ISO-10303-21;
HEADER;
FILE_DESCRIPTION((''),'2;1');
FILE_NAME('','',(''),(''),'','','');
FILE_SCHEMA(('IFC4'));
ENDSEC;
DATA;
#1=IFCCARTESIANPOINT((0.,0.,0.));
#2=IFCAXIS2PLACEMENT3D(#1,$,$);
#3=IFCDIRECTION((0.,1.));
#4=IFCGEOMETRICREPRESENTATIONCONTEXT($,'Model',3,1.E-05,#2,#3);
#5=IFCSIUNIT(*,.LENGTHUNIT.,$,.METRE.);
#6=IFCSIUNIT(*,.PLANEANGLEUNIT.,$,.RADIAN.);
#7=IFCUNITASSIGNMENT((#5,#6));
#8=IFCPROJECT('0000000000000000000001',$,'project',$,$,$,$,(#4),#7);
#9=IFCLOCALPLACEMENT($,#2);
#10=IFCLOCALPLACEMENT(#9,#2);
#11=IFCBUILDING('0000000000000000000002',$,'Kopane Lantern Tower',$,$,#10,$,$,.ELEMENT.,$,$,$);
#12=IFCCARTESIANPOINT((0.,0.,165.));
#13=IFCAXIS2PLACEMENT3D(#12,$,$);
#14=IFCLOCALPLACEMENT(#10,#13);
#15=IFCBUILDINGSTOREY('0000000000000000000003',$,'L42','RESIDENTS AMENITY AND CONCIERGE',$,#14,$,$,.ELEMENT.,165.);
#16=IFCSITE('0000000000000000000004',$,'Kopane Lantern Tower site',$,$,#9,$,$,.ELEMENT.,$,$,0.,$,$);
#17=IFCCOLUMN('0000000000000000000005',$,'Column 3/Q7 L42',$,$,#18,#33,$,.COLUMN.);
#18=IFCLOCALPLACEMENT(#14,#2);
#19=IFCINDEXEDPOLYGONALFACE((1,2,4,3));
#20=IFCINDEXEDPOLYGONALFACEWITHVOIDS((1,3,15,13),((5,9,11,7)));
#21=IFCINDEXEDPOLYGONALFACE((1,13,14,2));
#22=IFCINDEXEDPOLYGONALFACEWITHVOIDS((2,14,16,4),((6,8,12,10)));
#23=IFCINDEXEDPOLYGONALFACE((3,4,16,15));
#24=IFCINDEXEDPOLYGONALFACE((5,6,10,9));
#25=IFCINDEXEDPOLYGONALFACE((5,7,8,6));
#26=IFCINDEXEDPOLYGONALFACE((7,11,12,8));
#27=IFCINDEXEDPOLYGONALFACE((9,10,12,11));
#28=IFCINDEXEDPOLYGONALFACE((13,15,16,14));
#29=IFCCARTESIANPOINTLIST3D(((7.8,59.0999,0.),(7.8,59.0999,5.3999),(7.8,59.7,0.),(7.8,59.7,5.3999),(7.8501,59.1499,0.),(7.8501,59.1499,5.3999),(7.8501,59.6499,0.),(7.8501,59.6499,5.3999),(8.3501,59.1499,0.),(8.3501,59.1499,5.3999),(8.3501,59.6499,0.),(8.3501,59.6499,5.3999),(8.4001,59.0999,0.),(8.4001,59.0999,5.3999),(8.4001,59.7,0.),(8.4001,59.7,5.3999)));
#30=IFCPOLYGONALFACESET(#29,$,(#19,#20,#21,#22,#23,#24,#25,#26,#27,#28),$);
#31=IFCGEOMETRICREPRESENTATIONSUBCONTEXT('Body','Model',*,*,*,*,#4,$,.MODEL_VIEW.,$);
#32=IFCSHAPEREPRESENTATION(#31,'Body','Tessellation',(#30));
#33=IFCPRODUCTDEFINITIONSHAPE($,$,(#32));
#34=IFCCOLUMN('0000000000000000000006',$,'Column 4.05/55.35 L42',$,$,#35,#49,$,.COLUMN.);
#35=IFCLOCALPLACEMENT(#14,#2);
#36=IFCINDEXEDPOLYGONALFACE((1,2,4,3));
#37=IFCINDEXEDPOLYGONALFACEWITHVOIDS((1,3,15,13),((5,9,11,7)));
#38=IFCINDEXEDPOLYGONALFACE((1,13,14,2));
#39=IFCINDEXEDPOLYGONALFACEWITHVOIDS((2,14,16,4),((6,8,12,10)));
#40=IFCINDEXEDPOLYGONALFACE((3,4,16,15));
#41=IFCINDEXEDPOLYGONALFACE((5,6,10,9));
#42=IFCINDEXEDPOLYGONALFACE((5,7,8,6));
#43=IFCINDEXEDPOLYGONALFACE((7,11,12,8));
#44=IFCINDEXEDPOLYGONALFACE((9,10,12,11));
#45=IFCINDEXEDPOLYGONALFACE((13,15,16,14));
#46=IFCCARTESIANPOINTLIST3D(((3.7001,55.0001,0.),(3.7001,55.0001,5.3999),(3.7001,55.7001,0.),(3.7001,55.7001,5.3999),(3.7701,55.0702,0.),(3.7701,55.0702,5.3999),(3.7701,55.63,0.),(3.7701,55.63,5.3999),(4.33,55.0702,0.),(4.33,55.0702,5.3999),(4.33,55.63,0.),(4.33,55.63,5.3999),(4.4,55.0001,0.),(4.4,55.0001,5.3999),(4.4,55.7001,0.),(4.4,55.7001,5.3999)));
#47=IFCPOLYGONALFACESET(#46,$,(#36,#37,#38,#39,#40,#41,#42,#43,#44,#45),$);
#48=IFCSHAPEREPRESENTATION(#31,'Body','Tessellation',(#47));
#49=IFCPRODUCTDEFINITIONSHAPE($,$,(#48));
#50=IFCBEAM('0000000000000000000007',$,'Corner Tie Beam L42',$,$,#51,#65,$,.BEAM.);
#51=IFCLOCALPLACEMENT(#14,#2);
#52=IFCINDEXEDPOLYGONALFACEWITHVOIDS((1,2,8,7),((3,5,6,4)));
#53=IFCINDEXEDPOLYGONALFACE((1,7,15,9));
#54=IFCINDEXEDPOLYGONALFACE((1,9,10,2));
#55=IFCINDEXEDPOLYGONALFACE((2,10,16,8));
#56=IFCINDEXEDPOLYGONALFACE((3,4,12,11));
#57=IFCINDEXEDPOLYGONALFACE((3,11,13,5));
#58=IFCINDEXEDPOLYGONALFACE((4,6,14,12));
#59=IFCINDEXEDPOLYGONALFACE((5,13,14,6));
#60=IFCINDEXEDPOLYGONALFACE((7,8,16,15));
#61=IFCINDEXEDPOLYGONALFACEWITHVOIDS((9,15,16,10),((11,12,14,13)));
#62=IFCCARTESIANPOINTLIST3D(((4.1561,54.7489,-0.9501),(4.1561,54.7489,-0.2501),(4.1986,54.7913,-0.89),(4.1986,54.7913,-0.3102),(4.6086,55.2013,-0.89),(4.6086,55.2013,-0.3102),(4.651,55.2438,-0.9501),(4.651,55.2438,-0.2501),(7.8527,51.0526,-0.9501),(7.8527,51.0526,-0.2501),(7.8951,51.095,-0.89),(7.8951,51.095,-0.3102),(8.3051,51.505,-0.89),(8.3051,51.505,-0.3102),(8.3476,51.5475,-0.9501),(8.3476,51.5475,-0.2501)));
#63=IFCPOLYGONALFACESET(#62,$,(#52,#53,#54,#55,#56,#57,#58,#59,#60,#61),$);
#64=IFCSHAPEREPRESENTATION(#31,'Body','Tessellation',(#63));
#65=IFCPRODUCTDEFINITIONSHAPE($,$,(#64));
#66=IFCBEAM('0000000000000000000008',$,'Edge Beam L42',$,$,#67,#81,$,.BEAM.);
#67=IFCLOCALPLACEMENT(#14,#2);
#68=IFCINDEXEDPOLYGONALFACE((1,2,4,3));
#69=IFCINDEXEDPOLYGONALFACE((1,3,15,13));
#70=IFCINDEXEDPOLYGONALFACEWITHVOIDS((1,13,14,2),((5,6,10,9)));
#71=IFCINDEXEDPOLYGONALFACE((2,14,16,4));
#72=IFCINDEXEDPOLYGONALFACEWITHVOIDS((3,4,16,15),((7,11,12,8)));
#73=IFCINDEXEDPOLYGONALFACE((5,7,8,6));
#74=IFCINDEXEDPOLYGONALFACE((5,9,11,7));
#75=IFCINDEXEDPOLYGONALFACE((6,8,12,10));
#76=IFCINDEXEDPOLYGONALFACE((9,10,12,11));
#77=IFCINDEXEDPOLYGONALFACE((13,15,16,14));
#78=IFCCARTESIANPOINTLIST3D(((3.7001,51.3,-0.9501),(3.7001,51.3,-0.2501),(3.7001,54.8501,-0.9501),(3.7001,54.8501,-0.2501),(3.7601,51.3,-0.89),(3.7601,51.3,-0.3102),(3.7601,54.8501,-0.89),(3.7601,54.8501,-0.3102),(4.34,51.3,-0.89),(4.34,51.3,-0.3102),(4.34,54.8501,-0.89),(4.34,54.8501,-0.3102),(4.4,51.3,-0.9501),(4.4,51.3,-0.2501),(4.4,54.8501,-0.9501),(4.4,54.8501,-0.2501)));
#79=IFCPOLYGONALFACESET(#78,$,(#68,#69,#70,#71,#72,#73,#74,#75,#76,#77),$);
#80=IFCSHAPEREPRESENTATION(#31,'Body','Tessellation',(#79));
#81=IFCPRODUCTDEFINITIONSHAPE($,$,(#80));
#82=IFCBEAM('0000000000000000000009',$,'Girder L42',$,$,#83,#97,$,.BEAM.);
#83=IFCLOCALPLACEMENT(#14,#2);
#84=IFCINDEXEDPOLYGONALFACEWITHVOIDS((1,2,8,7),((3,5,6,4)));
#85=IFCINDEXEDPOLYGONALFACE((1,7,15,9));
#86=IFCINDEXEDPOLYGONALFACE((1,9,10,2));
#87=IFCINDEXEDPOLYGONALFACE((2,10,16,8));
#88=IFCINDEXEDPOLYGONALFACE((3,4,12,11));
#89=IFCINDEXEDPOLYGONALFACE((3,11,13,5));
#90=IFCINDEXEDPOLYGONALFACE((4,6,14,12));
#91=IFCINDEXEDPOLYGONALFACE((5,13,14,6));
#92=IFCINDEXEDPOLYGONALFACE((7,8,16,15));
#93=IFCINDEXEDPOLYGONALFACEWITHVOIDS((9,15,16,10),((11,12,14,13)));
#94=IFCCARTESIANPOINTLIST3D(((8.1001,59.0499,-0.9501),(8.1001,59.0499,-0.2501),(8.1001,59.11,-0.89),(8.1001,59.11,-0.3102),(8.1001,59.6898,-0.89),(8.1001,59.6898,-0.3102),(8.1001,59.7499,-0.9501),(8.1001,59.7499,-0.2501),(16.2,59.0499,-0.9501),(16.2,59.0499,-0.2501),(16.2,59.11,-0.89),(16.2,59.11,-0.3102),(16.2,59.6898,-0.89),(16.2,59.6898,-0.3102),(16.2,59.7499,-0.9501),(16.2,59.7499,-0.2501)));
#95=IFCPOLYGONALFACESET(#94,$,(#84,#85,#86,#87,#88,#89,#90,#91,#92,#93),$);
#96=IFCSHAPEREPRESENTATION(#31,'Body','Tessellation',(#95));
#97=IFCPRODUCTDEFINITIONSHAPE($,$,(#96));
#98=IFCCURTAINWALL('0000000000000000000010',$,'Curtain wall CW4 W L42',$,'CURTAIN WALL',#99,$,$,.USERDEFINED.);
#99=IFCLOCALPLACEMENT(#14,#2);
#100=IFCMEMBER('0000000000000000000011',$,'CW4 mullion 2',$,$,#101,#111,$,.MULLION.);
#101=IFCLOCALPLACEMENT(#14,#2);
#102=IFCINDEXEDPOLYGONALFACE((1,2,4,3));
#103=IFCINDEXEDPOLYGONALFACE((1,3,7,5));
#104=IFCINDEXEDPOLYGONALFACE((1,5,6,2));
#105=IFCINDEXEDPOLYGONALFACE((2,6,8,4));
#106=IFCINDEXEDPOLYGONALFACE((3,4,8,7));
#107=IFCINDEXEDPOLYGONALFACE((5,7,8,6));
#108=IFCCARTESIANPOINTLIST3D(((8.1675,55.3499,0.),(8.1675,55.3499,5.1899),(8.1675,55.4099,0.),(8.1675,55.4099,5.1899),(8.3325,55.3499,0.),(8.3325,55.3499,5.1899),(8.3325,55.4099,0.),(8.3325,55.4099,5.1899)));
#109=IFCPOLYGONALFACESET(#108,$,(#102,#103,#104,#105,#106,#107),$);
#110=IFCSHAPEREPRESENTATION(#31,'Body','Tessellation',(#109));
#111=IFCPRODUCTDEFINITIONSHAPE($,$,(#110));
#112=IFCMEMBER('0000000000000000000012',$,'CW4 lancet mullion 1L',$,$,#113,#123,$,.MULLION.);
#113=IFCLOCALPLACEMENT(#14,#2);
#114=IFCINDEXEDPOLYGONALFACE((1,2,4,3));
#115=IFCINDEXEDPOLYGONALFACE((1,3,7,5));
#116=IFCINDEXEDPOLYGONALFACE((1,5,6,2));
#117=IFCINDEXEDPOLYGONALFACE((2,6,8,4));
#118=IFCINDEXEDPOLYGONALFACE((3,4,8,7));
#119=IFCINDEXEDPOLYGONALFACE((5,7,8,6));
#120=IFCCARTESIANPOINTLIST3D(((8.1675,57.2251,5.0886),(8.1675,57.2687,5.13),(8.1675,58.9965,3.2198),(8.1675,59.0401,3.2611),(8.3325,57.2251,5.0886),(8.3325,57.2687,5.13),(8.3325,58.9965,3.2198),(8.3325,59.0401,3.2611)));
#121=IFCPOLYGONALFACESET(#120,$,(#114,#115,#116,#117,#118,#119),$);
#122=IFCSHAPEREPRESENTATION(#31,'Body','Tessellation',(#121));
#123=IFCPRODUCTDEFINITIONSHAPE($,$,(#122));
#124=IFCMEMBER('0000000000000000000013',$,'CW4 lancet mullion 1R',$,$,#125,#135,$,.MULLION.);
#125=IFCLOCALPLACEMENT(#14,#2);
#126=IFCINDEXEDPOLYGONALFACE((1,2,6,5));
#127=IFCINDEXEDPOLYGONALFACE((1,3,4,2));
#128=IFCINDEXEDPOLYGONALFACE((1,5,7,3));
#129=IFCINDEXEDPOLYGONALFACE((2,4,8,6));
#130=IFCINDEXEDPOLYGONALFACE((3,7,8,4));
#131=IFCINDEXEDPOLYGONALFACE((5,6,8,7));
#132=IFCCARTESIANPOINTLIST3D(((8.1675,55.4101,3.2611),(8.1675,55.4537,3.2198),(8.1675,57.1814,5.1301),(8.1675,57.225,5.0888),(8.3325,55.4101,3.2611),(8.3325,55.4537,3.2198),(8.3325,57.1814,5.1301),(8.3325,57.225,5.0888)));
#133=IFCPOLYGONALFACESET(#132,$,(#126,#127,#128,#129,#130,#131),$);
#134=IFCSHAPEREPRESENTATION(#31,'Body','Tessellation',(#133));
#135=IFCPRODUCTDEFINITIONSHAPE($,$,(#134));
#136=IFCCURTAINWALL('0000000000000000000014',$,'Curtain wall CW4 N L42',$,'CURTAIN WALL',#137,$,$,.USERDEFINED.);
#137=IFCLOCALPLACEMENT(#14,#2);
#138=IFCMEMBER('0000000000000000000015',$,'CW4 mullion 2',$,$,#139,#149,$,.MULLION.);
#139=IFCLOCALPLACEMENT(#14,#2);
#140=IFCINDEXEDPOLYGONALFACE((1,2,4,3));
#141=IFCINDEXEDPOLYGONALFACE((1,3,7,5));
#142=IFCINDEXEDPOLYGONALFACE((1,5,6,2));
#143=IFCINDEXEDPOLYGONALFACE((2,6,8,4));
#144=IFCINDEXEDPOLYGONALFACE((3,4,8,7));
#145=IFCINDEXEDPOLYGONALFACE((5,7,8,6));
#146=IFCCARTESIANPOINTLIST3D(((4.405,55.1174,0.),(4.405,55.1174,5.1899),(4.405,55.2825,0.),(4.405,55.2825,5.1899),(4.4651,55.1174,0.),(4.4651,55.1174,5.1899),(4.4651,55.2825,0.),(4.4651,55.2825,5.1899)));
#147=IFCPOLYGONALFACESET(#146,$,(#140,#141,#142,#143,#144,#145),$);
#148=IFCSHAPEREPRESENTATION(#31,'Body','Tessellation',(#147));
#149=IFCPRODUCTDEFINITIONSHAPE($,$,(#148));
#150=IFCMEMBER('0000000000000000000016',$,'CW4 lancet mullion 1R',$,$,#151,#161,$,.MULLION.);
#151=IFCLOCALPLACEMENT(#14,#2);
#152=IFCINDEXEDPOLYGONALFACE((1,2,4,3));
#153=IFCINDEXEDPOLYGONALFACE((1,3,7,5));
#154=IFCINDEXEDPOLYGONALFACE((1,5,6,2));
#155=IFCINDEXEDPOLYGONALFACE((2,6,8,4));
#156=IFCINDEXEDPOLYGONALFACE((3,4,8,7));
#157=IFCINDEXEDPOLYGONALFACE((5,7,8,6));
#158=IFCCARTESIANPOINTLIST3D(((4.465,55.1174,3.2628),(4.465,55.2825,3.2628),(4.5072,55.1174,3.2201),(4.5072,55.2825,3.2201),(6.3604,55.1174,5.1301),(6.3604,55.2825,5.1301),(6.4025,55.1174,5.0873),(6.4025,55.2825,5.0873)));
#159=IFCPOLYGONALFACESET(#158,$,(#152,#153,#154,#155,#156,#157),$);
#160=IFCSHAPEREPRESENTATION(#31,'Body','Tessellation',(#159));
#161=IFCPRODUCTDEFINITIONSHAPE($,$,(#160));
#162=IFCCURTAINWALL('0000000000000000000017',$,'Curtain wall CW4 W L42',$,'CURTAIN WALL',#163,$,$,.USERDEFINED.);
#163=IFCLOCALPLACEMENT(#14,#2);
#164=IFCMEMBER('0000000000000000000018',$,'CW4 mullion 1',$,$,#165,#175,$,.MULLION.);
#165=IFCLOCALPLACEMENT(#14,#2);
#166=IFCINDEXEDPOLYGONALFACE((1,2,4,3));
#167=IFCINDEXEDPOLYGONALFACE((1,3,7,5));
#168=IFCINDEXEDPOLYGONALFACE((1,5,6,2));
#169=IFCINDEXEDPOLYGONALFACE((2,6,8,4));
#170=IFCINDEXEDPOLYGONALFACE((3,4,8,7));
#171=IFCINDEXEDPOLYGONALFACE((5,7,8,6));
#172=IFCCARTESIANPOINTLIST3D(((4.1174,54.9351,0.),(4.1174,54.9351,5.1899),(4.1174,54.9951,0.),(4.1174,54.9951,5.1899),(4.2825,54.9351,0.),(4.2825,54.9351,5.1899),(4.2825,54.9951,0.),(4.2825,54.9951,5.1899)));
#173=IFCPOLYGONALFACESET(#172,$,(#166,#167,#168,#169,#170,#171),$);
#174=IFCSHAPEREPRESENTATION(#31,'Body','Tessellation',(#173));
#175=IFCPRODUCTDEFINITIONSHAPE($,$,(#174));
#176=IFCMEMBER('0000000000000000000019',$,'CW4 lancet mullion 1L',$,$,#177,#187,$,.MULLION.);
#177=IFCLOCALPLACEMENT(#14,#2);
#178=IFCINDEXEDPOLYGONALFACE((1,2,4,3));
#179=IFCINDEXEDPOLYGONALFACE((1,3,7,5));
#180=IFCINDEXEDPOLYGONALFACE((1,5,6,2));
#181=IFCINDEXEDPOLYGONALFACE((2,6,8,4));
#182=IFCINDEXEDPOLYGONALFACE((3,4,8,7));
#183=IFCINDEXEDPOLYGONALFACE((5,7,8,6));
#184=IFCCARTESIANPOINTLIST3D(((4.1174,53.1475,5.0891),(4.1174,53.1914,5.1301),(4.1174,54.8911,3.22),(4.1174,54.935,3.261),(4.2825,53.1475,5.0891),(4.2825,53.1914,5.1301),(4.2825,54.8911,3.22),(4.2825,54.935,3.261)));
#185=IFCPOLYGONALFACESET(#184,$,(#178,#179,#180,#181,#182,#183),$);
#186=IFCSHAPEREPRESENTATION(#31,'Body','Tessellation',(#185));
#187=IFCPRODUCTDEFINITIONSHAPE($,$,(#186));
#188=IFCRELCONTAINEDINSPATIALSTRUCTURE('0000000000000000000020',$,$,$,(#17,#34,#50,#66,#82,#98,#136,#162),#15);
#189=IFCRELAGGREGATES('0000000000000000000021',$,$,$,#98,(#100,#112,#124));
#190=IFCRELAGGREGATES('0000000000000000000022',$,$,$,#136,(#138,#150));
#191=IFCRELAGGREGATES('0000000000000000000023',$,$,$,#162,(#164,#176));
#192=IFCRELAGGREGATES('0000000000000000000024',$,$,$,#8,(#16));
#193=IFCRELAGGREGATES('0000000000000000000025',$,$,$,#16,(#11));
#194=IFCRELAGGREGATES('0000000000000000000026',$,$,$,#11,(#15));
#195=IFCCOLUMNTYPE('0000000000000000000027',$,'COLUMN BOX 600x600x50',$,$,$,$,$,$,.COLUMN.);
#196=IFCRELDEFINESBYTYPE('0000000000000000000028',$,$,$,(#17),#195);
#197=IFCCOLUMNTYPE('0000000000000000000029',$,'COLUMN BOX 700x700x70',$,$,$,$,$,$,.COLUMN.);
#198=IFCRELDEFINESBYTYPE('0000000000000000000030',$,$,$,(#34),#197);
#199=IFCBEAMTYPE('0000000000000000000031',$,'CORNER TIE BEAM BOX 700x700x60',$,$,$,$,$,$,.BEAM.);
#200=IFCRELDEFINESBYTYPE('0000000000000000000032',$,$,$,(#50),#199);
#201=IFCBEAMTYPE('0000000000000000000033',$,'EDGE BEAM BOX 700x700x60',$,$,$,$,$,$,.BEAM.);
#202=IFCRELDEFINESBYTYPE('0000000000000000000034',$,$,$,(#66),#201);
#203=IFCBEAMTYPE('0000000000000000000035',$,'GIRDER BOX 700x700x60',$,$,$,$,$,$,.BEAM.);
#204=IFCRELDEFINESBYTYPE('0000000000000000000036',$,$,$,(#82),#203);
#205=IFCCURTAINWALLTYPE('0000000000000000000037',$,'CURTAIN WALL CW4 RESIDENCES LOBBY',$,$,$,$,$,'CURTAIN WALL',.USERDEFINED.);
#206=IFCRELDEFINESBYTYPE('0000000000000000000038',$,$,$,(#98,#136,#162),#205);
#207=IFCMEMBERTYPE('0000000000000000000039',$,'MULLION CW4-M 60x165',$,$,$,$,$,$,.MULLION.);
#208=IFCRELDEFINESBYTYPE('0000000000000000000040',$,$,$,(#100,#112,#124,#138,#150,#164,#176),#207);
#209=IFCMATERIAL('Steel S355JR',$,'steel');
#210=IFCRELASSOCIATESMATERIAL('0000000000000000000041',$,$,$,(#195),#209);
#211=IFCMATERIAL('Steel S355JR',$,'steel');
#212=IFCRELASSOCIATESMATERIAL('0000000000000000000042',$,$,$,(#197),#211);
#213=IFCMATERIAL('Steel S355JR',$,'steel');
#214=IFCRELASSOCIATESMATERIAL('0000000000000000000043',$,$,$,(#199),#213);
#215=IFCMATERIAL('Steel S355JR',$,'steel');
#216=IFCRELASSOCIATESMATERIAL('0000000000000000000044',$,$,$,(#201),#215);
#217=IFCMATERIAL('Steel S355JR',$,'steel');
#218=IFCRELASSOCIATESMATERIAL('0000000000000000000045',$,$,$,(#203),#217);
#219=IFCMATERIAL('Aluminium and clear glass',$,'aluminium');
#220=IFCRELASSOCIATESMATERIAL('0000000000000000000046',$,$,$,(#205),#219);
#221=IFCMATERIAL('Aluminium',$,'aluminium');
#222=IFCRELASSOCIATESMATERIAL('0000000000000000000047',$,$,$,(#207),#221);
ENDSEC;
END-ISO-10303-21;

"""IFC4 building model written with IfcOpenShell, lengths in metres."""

from ifc_helpers import new_model, si_unit, direction, frame, origin, origin_2d, place, context, subcontext, project, spatial, rectangle, hollow_rectangle, extrude, material, material_profile, profile_set, type_object, element, aggregate, save


model = new_model("IFC4")

# Units and contexts
model_context = context("Model", 3, precision=1e-05, world=origin(), true_north=direction((0.0, 1.0)))
body_context = subcontext(model_context, "Body", "Model", "MODEL_VIEW")
ifc_project = project(units=[si_unit("LENGTHUNIT", "METRE"), si_unit("PLANEANGLEUNIT", "RADIAN")], contexts=[model_context])

# Site, building, storey
site_placement = place(None, origin())
site = spatial("IfcSite", under=ifc_project, at=site_placement, Name="Kopane Lantern Tower site", CompositionType="ELEMENT", RefElevation=0.0)
building_placement = place(site_placement, origin())
building = spatial("IfcBuilding", under=site, at=building_placement, Name="Kopane Lantern Tower", CompositionType="ELEMENT")
storey_placement = place(building_placement, frame((0.0, 0.0, 165.0)))
storey = spatial("IfcBuildingStorey", under=building, at=storey_placement, Name="L42", Description="RESIDENTS AMENITY AND CONCIERGE", CompositionType="ELEMENT", Elevation=165.0)

# Columns
ifc_material_1 = material(Name="Steel S355JR", Category="steel")
ifc_material_profile_1 = material_profile(ifc_material_1, hollow_rectangle(XDim=0.6001, YDim=0.6001, WallThickness=0.05, at=origin_2d()), Name="BOX 600x600x50")
ifc_profile_set_1 = profile_set([ifc_material_profile_1], Name="Steel S355JR")
column_type_1 = type_object("IfcColumnType", Name="COLUMN BOX 600x600x50", PredefinedType="COLUMN", material=ifc_profile_set_1)
column_1_placement = place(storey_placement, frame((8.1001, 59.3999, 0.0), z_axis=(0.0, 0.0, 1.0), x_axis=(1.0, 0.0, 0.0)))
element("IfcColumn", 1, at=column_1_placement, inside=storey, type_object=column_type_1, Name="Column 3/Q7 L42", PredefinedType="COLUMN", context=body_context, shape_type="SweptSolid", body=[
    extrude(hollow_rectangle(XDim=0.6001, YDim=0.6001, WallThickness=0.05, at=origin_2d()), origin(), (0.0, 0.0, 1.0), 5.3999),
])
ifc_material_2 = material(Name="Steel S355JR", Category="steel")
ifc_material_profile_2 = material_profile(ifc_material_2, hollow_rectangle(XDim=0.7, YDim=0.7, WallThickness=0.0701, at=origin_2d()), Name="BOX 700x700x70")
ifc_profile_set_2 = profile_set([ifc_material_profile_2], Name="Steel S355JR")
column_type_2 = type_object("IfcColumnType", Name="COLUMN BOX 700x700x70", PredefinedType="COLUMN", material=ifc_profile_set_2)
column_2_placement = place(storey_placement, frame((4.05, 55.3501, 0.0), z_axis=(0.0, 0.0, 1.0), x_axis=(1.0, 0.0, 0.0)))
element("IfcColumn", 2, at=column_2_placement, inside=storey, type_object=column_type_2, Name="Column 4.05/55.35 L42", PredefinedType="COLUMN", context=body_context, shape_type="SweptSolid", body=[
    extrude(hollow_rectangle(XDim=0.7, YDim=0.7, WallThickness=0.0701, at=origin_2d()), origin(), (0.0, 0.0, 1.0), 5.3999),
])

# Beams
ifc_material_3 = material(Name="Steel S355JR", Category="steel")
ifc_material_profile_3 = material_profile(ifc_material_3, hollow_rectangle(XDim=0.7, YDim=0.7, WallThickness=0.0601, at=origin_2d()), Name="BOX 700x700x60")
ifc_profile_set_3 = profile_set([ifc_material_profile_3], Name="Steel S355JR")
beam_type_1 = type_object("IfcBeamType", Name="CORNER TIE BEAM BOX 700x700x60", PredefinedType="BEAM", material=ifc_profile_set_3)
beam_1_placement = place(storey_placement, frame((4.4036, 54.9963, -0.6001), z_axis=(0.70713, -0.707083, 0.0), x_axis=(0.707083, 0.70713, 0.0)))
element("IfcBeam", 3, at=beam_1_placement, inside=storey, type_object=beam_type_1, Name="Corner Tie Beam L42", PredefinedType="BEAM", context=body_context, shape_type="SweptSolid", body=[
    extrude(hollow_rectangle(XDim=0.7, YDim=0.7, WallThickness=0.0601, at=origin_2d()), origin(), (0.0, 0.0, 1.0), 5.2275),
])
ifc_material_4 = material(Name="Steel S355JR", Category="steel")
ifc_material_profile_4 = material_profile(ifc_material_4, hollow_rectangle(XDim=0.7, YDim=0.7, WallThickness=0.0601, at=origin_2d()), Name="BOX 700x700x60")
ifc_profile_set_4 = profile_set([ifc_material_profile_4], Name="Steel S355JR")
beam_type_2 = type_object("IfcBeamType", Name="EDGE BEAM BOX 700x700x60", PredefinedType="BEAM", material=ifc_profile_set_4)
beam_2_placement = place(storey_placement, frame((4.05, 54.8501, -0.6001), z_axis=(0.0, -1.0, 0.0), x_axis=(1.0, 0.0, 0.0)))
element("IfcBeam", 4, at=beam_2_placement, inside=storey, type_object=beam_type_2, Name="Edge Beam L42", PredefinedType="BEAM", context=body_context, shape_type="SweptSolid", body=[
    extrude(hollow_rectangle(XDim=0.7, YDim=0.7, WallThickness=0.0601, at=origin_2d()), origin(), (0.0, 0.0, 1.0), 3.55),
])
ifc_material_5 = material(Name="Steel S355JR", Category="steel")
ifc_material_profile_5 = material_profile(ifc_material_5, hollow_rectangle(XDim=0.7, YDim=0.7, WallThickness=0.0601, at=origin_2d()), Name="BOX 700x700x60")
ifc_profile_set_5 = profile_set([ifc_material_profile_5], Name="Steel S355JR")
beam_type_3 = type_object("IfcBeamType", Name="GIRDER BOX 700x700x60", PredefinedType="BEAM", material=ifc_profile_set_5)
beam_3_placement = place(storey_placement, frame((8.1001, 59.3999, -0.6001), z_axis=(1.0, 0.0, 0.0), x_axis=(0.0, 1.0, 0.0)))
element("IfcBeam", 5, at=beam_3_placement, inside=storey, type_object=beam_type_3, Name="Girder L42", PredefinedType="BEAM", context=body_context, shape_type="SweptSolid", body=[
    extrude(hollow_rectangle(XDim=0.7, YDim=0.7, WallThickness=0.0601, at=origin_2d()), origin(), (0.0, 0.0, 1.0), 8.0999),
])

# Curtain walls, members
ifc_material_6 = material(Name="Aluminium and clear glass", Category="aluminium")
curtain_wall_type = type_object("IfcCurtainWallType", Name="CURTAIN WALL CW4 RESIDENCES LOBBY", ElementType="CURTAIN WALL", PredefinedType="USERDEFINED", material=ifc_material_6)
curtain_wall_1_placement = place(storey_placement, origin())
curtain_wall_1 = element("IfcCurtainWall", 6, at=curtain_wall_1_placement, inside=storey, type_object=curtain_wall_type, Name="Curtain wall CW4 W L42", ObjectType="CURTAIN WALL", PredefinedType="USERDEFINED")
ifc_material_7 = material(Name="Aluminium", Category="aluminium")
ifc_material_profile_6 = material_profile(ifc_material_7, rectangle(XDim=0.0601, YDim=0.165, at=origin_2d()), Name="AL 60x165")
ifc_profile_set_6 = profile_set([ifc_material_profile_6], Name="Aluminium")
member_type_1 = type_object("IfcMemberType", Name="MULLION CW4-M 60x165", PredefinedType="MULLION", material=ifc_profile_set_6)
member_1_placement = place(storey_placement, frame((8.25, 55.3799, 0.0), z_axis=(0.0, 0.0, 1.0), x_axis=(0.0, -1.0, 0.0)))
member_1 = element("IfcMember", 7, at=member_1_placement, type_object=member_type_1, Name="CW4 mullion 2", PredefinedType="MULLION", context=body_context, shape_type="SweptSolid", body=[
    extrude(rectangle(XDim=0.0601, YDim=0.165, at=origin_2d()), origin(), (0.0, 0.0, 1.0), 5.1899),
])
member_2_placement = place(storey_placement, frame((8.25, 59.0183, 3.2405), z_axis=(0.0, -0.687939, 0.725768), x_axis=(0.0, 0.725768, 0.687939)))
member_2 = element("IfcMember", 8, at=member_2_placement, type_object=member_type_1, Name="CW4 lancet mullion 1L", PredefinedType="MULLION", context=body_context, shape_type="SweptSolid", body=[
    extrude(rectangle(XDim=0.0601, YDim=0.165, at=origin_2d()), origin(), (0.0, 0.0, 1.0), 2.575),
])
member_3_placement = place(storey_placement, frame((8.25, 55.4319, 3.2405), z_axis=(0.0, 0.687889, 0.725816), x_axis=(0.0, -0.725816, 0.687889)))
member_3 = element("IfcMember", 9, at=member_3_placement, type_object=member_type_1, Name="CW4 lancet mullion 1R", PredefinedType="MULLION", context=body_context, shape_type="SweptSolid", body=[
    extrude(rectangle(XDim=0.0601, YDim=0.165, at=origin_2d()), origin(), (0.0, 0.0, 1.0), 2.575),
])
curtain_wall_2_placement = place(storey_placement, origin())
curtain_wall_2 = element("IfcCurtainWall", 10, at=curtain_wall_2_placement, inside=storey, type_object=curtain_wall_type, Name="Curtain wall CW4 N L42", ObjectType="CURTAIN WALL", PredefinedType="USERDEFINED")
member_4_placement = place(storey_placement, frame((4.4351, 55.2, 0.0), z_axis=(0.0, 0.0, 1.0), x_axis=(-1.0, 0.0, 0.0)))
member_4 = element("IfcMember", 11, at=member_4_placement, type_object=member_type_1, Name="CW4 mullion 2", PredefinedType="MULLION", context=body_context, shape_type="SweptSolid", body=[
    extrude(rectangle(XDim=0.0601, YDim=0.165, at=origin_2d()), origin(), (0.0, 0.0, 1.0), 5.1899),
])
member_5_placement = place(storey_placement, frame((4.4861, 55.2, 3.2415), z_axis=(0.712364, 0.0, 0.701811), x_axis=(-0.701811, 0.0, 0.712364)))
member_5 = element("IfcMember", 12, at=member_5_placement, type_object=member_type_1, Name="CW4 lancet mullion 1R", PredefinedType="MULLION", context=body_context, shape_type="SweptSolid", body=[
    extrude(rectangle(XDim=0.0601, YDim=0.165, at=origin_2d()), origin(), (0.0, 0.0, 1.0), 2.6606),
])
curtain_wall_3_placement = place(storey_placement, origin())
curtain_wall_3 = element("IfcCurtainWall", 13, at=curtain_wall_3_placement, inside=storey, type_object=curtain_wall_type, Name="Curtain wall CW4 W L42", ObjectType="CURTAIN WALL", PredefinedType="USERDEFINED")
member_6_placement = place(storey_placement, frame((4.2, 54.9651, 0.0), z_axis=(0.0, 0.0, 1.0), x_axis=(0.0, -1.0, 0.0)))
member_6 = element("IfcMember", 14, at=member_6_placement, type_object=member_type_1, Name="CW4 mullion 1", PredefinedType="MULLION", context=body_context, shape_type="SweptSolid", body=[
    extrude(rectangle(XDim=0.0601, YDim=0.165, at=origin_2d()), origin(), (0.0, 0.0, 1.0), 5.1899),
])
member_7_placement = place(storey_placement, frame((4.2, 54.9131, 3.2405), z_axis=(0.0, -0.682134, 0.731227), x_axis=(0.0, 0.731227, 0.682134)))
member_7 = element("IfcMember", 15, at=member_7_placement, type_object=member_type_1, Name="CW4 lancet mullion 1L", PredefinedType="MULLION", context=body_context, shape_type="SweptSolid", body=[
    extrude(rectangle(XDim=0.0601, YDim=0.165, at=origin_2d()), origin(), (0.0, 0.0, 1.0), 2.5562),
])

aggregate(curtain_wall_1, [member_1, member_2, member_3])
aggregate(curtain_wall_2, [member_4, member_5])
aggregate(curtain_wall_3, [member_6, member_7])

save(model, "model.ifc")
